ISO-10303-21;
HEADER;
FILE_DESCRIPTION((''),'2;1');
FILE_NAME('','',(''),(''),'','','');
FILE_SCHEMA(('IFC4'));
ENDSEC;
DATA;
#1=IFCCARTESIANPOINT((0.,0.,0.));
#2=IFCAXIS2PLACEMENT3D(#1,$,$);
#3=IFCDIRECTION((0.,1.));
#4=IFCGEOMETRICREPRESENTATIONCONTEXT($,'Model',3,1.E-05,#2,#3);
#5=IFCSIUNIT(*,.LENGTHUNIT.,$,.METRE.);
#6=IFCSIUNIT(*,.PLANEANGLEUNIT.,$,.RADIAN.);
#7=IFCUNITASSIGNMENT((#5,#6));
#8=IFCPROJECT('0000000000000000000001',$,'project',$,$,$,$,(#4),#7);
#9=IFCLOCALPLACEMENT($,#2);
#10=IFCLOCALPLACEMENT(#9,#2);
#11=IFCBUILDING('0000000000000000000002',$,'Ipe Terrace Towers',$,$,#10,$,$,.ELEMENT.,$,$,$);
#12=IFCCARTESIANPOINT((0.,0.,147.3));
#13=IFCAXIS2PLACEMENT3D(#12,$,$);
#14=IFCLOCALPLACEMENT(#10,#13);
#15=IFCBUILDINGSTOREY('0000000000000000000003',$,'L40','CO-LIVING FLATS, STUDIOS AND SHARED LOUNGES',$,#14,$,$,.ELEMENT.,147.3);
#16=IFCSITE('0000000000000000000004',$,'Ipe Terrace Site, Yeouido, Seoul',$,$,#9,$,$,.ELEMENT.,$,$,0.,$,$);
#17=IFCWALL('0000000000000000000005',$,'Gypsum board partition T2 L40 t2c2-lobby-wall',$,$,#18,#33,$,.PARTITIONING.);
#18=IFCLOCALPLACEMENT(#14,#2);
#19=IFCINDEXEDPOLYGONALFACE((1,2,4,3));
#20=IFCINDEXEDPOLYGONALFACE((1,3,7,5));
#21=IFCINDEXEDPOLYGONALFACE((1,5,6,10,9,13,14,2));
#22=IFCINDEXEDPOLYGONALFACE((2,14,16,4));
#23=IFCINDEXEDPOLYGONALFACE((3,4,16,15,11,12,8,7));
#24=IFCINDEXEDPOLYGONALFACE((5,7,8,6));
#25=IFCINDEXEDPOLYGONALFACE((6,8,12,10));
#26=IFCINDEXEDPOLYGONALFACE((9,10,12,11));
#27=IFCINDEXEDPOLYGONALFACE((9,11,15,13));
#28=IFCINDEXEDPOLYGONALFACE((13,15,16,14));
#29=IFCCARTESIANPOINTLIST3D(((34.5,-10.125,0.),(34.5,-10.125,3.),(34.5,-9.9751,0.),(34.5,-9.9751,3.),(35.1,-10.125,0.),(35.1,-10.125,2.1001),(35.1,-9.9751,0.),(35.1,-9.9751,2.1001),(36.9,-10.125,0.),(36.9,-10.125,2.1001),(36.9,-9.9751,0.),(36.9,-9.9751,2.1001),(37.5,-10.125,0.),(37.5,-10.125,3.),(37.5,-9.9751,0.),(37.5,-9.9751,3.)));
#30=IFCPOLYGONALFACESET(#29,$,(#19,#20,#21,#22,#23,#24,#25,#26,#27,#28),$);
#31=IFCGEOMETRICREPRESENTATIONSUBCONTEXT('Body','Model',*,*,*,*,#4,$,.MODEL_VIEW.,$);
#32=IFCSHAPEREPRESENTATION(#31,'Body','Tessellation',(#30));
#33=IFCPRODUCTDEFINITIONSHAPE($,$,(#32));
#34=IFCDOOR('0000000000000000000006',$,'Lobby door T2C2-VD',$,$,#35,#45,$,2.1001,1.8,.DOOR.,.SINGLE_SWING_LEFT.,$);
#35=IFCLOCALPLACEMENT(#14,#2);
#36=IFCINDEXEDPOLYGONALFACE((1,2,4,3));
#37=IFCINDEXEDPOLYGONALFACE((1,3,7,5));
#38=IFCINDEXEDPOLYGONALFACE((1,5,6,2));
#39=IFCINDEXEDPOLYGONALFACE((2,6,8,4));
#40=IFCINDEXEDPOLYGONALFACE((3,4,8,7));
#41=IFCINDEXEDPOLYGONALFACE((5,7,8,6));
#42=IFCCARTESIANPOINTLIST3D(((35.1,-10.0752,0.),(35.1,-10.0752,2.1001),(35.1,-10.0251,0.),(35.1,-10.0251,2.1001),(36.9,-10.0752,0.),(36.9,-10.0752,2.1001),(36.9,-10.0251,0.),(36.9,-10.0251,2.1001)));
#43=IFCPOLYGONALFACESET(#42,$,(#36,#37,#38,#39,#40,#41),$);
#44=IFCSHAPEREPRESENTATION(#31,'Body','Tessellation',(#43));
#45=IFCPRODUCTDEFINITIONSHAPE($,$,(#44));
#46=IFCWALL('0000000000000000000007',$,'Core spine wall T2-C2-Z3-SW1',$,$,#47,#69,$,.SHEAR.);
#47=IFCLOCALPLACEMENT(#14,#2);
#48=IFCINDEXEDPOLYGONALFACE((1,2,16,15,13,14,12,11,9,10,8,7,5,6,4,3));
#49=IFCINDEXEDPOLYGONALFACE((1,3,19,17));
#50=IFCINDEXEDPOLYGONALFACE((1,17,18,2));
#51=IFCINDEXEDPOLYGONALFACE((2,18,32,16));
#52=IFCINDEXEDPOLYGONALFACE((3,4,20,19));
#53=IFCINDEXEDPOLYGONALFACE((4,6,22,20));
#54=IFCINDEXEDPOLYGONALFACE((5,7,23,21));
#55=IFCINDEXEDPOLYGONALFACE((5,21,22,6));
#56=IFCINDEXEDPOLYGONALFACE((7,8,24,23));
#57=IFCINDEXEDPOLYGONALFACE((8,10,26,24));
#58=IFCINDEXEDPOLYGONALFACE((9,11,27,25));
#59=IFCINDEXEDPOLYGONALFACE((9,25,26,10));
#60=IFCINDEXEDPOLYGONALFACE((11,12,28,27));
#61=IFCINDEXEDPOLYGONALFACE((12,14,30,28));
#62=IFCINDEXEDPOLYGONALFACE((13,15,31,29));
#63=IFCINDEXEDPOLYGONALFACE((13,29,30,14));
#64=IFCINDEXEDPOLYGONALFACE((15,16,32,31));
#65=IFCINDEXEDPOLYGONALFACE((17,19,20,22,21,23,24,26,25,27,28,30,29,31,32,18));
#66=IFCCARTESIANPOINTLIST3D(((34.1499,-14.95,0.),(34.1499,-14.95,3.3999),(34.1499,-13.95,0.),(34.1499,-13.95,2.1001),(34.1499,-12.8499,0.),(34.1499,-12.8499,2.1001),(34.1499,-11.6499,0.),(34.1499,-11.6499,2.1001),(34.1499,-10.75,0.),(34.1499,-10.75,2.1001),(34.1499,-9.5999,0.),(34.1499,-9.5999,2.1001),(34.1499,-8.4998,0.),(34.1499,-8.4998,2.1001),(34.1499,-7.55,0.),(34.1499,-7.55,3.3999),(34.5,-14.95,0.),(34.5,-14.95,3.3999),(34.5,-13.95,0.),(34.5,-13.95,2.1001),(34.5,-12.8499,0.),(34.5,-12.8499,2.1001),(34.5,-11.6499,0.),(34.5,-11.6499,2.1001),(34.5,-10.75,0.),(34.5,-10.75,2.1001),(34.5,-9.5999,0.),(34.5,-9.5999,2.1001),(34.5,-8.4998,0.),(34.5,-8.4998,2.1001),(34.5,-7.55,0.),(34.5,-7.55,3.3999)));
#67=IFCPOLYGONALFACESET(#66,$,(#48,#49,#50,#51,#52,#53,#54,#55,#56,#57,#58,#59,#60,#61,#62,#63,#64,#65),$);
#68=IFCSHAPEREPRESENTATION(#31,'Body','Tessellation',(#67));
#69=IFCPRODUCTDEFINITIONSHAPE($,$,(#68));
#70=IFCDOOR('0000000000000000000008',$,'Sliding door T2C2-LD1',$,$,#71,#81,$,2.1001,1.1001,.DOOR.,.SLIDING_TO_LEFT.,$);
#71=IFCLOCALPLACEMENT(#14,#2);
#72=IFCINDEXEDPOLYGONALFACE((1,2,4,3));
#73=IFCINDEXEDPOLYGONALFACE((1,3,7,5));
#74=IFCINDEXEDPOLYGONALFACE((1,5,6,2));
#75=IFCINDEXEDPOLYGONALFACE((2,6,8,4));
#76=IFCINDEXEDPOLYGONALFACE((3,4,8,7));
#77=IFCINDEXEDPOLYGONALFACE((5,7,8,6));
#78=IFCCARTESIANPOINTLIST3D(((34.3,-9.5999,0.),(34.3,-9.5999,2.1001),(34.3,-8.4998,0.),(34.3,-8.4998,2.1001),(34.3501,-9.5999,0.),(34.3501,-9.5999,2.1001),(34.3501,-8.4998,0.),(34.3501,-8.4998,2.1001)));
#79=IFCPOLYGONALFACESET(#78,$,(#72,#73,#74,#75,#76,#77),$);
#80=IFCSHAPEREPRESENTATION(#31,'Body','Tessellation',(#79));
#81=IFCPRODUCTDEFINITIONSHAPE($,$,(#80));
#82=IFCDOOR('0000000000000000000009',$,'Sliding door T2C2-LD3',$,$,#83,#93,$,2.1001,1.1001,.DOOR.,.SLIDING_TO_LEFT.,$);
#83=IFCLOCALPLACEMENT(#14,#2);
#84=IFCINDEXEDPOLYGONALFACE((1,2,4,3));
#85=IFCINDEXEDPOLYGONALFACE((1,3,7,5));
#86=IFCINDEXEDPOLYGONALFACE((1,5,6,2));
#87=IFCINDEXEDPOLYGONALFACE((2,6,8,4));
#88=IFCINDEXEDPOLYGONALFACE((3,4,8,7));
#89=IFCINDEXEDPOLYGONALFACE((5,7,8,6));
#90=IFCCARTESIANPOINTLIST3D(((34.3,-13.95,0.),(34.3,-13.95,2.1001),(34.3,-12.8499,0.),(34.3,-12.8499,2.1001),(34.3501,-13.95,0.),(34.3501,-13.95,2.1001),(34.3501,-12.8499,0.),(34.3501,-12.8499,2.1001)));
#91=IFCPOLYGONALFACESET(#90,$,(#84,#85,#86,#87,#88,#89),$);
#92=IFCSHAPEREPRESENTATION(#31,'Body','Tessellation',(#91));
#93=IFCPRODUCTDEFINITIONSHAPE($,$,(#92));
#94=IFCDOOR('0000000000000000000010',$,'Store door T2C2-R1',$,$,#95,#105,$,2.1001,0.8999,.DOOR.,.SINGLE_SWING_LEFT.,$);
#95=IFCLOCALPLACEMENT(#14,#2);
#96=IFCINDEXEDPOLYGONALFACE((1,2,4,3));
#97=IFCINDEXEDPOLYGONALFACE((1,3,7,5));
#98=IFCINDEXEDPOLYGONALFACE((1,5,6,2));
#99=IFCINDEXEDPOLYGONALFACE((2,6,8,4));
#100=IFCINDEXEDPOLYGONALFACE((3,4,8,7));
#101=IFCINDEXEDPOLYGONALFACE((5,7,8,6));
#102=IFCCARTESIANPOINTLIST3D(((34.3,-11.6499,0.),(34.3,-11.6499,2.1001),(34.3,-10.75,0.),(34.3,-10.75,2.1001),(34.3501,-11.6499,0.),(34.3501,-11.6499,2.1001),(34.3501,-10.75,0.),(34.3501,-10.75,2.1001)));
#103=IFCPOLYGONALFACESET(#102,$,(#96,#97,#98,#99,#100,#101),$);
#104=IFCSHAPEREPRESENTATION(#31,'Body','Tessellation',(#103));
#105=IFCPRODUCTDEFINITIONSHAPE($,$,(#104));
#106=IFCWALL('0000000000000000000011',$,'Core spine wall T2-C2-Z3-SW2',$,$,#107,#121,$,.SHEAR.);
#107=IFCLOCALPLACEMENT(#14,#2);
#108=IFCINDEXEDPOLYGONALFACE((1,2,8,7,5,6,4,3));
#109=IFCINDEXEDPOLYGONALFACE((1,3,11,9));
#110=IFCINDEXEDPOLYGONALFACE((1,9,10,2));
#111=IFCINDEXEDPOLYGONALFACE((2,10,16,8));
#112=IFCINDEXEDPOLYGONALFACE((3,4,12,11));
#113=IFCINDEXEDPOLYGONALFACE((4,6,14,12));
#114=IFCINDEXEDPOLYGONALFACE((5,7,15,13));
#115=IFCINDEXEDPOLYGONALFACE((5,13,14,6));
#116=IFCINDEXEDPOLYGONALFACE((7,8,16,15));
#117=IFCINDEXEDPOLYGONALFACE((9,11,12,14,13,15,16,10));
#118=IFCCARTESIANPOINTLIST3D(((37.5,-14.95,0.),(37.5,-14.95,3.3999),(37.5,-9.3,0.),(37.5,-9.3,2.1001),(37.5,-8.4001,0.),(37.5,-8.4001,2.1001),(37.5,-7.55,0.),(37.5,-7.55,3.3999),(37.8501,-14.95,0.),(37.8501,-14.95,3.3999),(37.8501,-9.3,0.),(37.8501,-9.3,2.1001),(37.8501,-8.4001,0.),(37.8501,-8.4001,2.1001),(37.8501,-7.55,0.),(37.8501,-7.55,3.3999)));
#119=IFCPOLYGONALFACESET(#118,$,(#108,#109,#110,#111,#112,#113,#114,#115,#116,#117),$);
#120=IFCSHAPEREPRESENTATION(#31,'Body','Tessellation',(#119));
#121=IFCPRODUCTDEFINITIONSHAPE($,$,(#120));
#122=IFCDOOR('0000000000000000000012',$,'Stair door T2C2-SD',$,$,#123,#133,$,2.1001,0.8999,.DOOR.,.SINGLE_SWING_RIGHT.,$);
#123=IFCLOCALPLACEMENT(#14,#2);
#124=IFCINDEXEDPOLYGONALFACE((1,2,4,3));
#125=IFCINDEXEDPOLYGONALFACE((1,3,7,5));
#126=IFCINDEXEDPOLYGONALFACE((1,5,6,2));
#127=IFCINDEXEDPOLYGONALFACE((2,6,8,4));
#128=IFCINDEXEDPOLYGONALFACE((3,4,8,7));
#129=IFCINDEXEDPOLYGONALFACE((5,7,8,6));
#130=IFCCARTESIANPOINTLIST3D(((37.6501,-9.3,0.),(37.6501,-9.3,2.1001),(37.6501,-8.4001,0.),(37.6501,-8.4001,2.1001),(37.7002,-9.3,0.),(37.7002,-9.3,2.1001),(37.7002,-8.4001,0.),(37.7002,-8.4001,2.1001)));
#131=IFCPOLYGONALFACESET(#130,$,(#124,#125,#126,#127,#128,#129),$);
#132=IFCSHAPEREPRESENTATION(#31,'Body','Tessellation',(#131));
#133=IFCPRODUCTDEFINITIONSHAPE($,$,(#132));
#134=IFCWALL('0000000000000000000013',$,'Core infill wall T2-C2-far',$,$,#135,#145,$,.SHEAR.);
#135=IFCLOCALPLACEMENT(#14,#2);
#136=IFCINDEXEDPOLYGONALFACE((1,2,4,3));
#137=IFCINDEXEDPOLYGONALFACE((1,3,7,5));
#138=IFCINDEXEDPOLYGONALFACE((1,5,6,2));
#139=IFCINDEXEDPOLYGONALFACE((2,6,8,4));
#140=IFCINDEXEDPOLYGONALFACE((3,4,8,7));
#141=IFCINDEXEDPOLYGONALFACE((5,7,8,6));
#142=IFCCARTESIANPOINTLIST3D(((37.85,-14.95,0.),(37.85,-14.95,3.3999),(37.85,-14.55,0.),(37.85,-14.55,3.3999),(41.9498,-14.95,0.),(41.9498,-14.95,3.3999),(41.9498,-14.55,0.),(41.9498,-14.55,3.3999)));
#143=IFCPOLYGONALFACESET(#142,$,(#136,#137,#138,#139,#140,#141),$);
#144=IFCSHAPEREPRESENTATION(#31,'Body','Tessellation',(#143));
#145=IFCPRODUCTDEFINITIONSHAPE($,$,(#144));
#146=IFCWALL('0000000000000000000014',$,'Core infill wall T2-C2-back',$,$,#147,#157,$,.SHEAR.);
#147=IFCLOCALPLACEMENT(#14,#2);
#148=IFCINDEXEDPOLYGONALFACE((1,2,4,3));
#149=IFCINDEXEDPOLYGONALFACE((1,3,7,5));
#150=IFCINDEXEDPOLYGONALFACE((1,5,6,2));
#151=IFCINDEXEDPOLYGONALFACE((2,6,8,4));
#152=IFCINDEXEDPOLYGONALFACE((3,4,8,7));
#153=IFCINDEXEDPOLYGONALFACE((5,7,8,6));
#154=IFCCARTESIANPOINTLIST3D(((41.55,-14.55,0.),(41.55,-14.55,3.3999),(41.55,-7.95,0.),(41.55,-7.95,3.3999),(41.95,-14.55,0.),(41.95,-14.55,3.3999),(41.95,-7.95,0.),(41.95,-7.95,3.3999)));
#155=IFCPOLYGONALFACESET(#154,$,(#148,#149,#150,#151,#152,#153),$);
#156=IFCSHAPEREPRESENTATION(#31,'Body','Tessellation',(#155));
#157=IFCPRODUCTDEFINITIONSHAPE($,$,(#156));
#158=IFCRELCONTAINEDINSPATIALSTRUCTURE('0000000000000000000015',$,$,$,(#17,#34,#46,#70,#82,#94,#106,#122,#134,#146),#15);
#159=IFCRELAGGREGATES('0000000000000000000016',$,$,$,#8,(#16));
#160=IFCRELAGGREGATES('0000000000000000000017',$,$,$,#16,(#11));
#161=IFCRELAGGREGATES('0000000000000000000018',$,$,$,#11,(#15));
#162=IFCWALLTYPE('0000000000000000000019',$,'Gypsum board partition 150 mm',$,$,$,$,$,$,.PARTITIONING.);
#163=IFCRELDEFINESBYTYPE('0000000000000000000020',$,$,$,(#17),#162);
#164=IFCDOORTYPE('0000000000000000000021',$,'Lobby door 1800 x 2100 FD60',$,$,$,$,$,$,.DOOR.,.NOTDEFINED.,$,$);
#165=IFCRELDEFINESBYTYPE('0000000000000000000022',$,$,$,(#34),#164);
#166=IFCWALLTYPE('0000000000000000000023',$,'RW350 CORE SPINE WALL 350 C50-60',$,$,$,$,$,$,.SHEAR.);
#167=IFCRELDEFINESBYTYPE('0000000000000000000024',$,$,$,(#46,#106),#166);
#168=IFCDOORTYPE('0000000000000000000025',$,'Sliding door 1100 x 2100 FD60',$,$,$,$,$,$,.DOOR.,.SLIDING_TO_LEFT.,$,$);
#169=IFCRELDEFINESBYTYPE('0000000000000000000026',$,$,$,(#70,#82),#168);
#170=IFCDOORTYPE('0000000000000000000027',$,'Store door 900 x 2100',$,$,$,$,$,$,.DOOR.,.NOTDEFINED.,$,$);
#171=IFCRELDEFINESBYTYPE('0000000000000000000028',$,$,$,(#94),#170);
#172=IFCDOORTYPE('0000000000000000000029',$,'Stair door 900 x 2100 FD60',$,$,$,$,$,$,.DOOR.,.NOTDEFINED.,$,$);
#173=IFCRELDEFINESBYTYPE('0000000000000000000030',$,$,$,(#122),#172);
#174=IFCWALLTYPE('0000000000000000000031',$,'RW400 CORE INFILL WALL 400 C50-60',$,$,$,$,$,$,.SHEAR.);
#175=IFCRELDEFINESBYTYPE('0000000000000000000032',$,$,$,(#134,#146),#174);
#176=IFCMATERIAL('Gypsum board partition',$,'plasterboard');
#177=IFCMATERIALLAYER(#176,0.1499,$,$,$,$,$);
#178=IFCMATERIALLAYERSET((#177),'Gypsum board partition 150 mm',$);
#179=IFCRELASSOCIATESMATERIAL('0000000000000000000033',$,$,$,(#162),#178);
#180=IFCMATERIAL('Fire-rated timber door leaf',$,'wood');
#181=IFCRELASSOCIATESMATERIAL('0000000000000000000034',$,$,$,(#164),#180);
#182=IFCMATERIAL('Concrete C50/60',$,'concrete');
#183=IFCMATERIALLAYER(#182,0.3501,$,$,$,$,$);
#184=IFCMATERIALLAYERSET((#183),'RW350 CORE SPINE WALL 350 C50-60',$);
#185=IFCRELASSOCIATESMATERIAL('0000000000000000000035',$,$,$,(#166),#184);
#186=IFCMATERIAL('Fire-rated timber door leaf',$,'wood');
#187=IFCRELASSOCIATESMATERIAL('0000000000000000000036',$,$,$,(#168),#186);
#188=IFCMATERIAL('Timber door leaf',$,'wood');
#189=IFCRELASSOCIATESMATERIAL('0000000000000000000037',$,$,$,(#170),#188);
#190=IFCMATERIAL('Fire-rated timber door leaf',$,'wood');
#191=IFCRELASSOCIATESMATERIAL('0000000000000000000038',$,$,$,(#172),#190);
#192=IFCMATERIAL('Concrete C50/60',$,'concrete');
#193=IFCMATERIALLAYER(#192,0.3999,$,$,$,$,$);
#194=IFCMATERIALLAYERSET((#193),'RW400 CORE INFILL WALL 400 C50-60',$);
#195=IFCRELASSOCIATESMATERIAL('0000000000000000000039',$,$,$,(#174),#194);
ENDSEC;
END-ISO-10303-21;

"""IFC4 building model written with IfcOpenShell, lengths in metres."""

from ifc_helpers import new_model, si_unit, direction, frame, frame_2d, origin, place, context, subcontext, project, spatial, rectangle, extrude, material, layer, layer_set, type_object, element, fill, save


model = new_model("IFC4")

# Units and contexts
model_context = context("Model", 3, precision=1e-05, world=origin(), true_north=direction((0.0, 1.0)))
body_context = subcontext(model_context, "Body", "Model", "MODEL_VIEW")
ifc_project = project(units=[si_unit("LENGTHUNIT", "METRE"), si_unit("PLANEANGLEUNIT", "RADIAN")], contexts=[model_context])

# Site, building, storey
site_placement = place(None, origin())
site = spatial("IfcSite", under=ifc_project, at=site_placement, Name="Ipe Terrace Site, Yeouido, Seoul", CompositionType="ELEMENT", RefElevation=0.0)
building_placement = place(site_placement, origin())
building = spatial("IfcBuilding", under=site, at=building_placement, Name="Ipe Terrace Towers", CompositionType="ELEMENT")
storey_placement = place(building_placement, frame((0.0, 0.0, 147.3)))
storey = spatial("IfcBuildingStorey", under=building, at=storey_placement, Name="L40", Description="CO-LIVING FLATS, STUDIOS AND SHARED LOUNGES", CompositionType="ELEMENT", Elevation=147.3)

# Wall, opening, door
ifc_material_1 = material(Name="Gypsum board partition", Category="plasterboard")
ifc_layer_1 = layer(ifc_material_1, 0.1499)
ifc_layer_set_1 = layer_set([ifc_layer_1], Name="Gypsum board partition 150 mm")
wall_type_1 = type_object("IfcWallType", Name="Gypsum board partition 150 mm", PredefinedType="PARTITIONING", material=ifc_layer_set_1)
wall_1_placement = place(storey_placement, frame((34.5, -10.05, 0.0), z_axis=(0.0, 0.0, 1.0), x_axis=(1.0, 0.0, 0.0)))
wall_1 = element("IfcWall", 1, at=wall_1_placement, inside=storey, type_object=wall_type_1, Name="Gypsum board partition T2 L40 t2c2-lobby-wall", PredefinedType="PARTITIONING", context=body_context, shape_type="SweptSolid", body=[
    extrude(rectangle(XDim=3.0, YDim=0.1499, at=frame_2d((1.5, 0.0))), origin(), (0.0, 0.0, 1.0), 3.0),
])
opening_1_placement = place(wall_1_placement, frame((0.6001, 0.0, 0.0)))
opening_1 = element("IfcOpeningElement", 2, at=opening_1_placement, cuts=wall_1, PredefinedType="OPENING", context=body_context, shape_type="SweptSolid", body=[
    extrude(rectangle(XDim=1.8, YDim=2.1001, at=frame_2d((0.8999, 1.05))), frame((0.0, 0.085, 0.0), z_axis=(0.0, -1.0, 0.0), x_axis=(1.0, 0.0, 0.0)), (0.0, 0.0, 1.0), 0.1699),
])
ifc_material_2 = material(Name="Fire-rated timber door leaf", Category="wood")
door_type_1 = type_object("IfcDoorType", Name="Lobby door 1800 x 2100 FD60", OperationType="NOTDEFINED", PredefinedType="DOOR", material=ifc_material_2)
door_1_placement = place(opening_1_placement, origin())
door_1 = element("IfcDoor", 3, at=door_1_placement, inside=storey, type_object=door_type_1, Name="Lobby door T2C2-VD", OperationType="SINGLE_SWING_LEFT", OverallHeight=2.1001, OverallWidth=1.8, PredefinedType="DOOR", context=body_context, shape_type="SweptSolid", body=[
    extrude(rectangle(XDim=1.8, YDim=2.1001, at=frame_2d((0.8999, 1.05))), frame((0.0, 0.0249, 0.0), z_axis=(0.0, -1.0, 0.0), x_axis=(1.0, 0.0, 0.0)), (0.0, 0.0, 1.0), 0.05),
])
fill(opening_1, door_1)

# Wall, openings, doors
ifc_material_3 = material(Name="Concrete C50/60", Category="concrete")
ifc_layer_2 = layer(ifc_material_3, 0.3501)
ifc_layer_set_2 = layer_set([ifc_layer_2], Name="RW350 CORE SPINE WALL 350 C50-60")
wall_type_2 = type_object("IfcWallType", Name="RW350 CORE SPINE WALL 350 C50-60", PredefinedType="SHEAR", material=ifc_layer_set_2)
wall_2_placement = place(storey_placement, frame((34.325, -14.95, 0.0), z_axis=(0.0, 0.0, 1.0), x_axis=(0.0, 1.0, 0.0)))
wall_2 = element("IfcWall", 4, at=wall_2_placement, inside=storey, type_object=wall_type_2, Name="Core spine wall T2-C2-Z3-SW1", PredefinedType="SHEAR", context=body_context, shape_type="SweptSolid", body=[
    extrude(rectangle(XDim=7.3999, YDim=0.3501, at=frame_2d((3.7, 0.0))), origin(), (0.0, 0.0, 1.0), 3.3999),
])
opening_2_placement = place(wall_2_placement, frame((5.3501, 0.0, 0.0)))
opening_2 = element("IfcOpeningElement", 5, at=opening_2_placement, cuts=wall_2, PredefinedType="OPENING", context=body_context, shape_type="SweptSolid", body=[
    extrude(rectangle(XDim=1.1001, YDim=2.1001, at=frame_2d((0.55, 1.05))), frame((0.0, 0.1851, 0.0), z_axis=(0.0, -1.0, 0.0), x_axis=(1.0, 0.0, 0.0)), (0.0, 0.0, 1.0), 0.3701),
])
opening_3_placement = place(wall_2_placement, frame((1.0, 0.0, 0.0)))
opening_3 = element("IfcOpeningElement", 6, at=opening_3_placement, cuts=wall_2, PredefinedType="OPENING", context=body_context, shape_type="SweptSolid", body=[
    extrude(rectangle(XDim=1.1001, YDim=2.1001, at=frame_2d((0.55, 1.05))), frame((0.0, 0.1851, 0.0), z_axis=(0.0, -1.0, 0.0), x_axis=(1.0, 0.0, 0.0)), (0.0, 0.0, 1.0), 0.3701),
])
opening_4_placement = place(wall_2_placement, frame((3.3, 0.0, 0.0)))
opening_4 = element("IfcOpeningElement", 7, at=opening_4_placement, cuts=wall_2, PredefinedType="OPENING", context=body_context, shape_type="SweptSolid", body=[
    extrude(rectangle(XDim=0.8999, YDim=2.1001, at=frame_2d((0.45, 1.05))), frame((0.0, 0.1851, 0.0), z_axis=(0.0, -1.0, 0.0), x_axis=(1.0, 0.0, 0.0)), (0.0, 0.0, 1.0), 0.3701),
])
ifc_material_4 = material(Name="Fire-rated timber door leaf", Category="wood")
door_type_2 = type_object("IfcDoorType", Name="Sliding door 1100 x 2100 FD60", OperationType="SLIDING_TO_LEFT", PredefinedType="DOOR", material=ifc_material_4)
door_2_placement = place(opening_2_placement, origin())
door_2 = element("IfcDoor", 8, at=door_2_placement, inside=storey, type_object=door_type_2, Name="Sliding door T2C2-LD1", OperationType="SLIDING_TO_LEFT", OverallHeight=2.1001, OverallWidth=1.1001, PredefinedType="DOOR", context=body_context, shape_type="SweptSolid", body=[
    extrude(rectangle(XDim=1.1001, YDim=2.1001, at=frame_2d((0.55, 1.05))), frame((0.0, 0.0249, 0.0), z_axis=(0.0, -1.0, 0.0), x_axis=(1.0, 0.0, 0.0)), (0.0, 0.0, 1.0), 0.05),
])
fill(opening_2, door_2)
door_3_placement = place(opening_3_placement, origin())
door_3 = element("IfcDoor", 9, at=door_3_placement, inside=storey, type_object=door_type_2, Name="Sliding door T2C2-LD3", OperationType="SLIDING_TO_LEFT", OverallHeight=2.1001, OverallWidth=1.1001, PredefinedType="DOOR", context=body_context, shape_type="SweptSolid", body=[
    extrude(rectangle(XDim=1.1001, YDim=2.1001, at=frame_2d((0.55, 1.05))), frame((0.0, 0.0249, 0.0), z_axis=(0.0, -1.0, 0.0), x_axis=(1.0, 0.0, 0.0)), (0.0, 0.0, 1.0), 0.05),
])
fill(opening_3, door_3)
ifc_material_5 = material(Name="Timber door leaf", Category="wood")
door_type_3 = type_object("IfcDoorType", Name="Store door 900 x 2100", OperationType="NOTDEFINED", PredefinedType="DOOR", material=ifc_material_5)
door_4_placement = place(opening_4_placement, origin())
door_4 = element("IfcDoor", 10, at=door_4_placement, inside=storey, type_object=door_type_3, Name="Store door T2C2-R1", OperationType="SINGLE_SWING_LEFT", OverallHeight=2.1001, OverallWidth=0.8999, PredefinedType="DOOR", context=body_context, shape_type="SweptSolid", body=[
    extrude(rectangle(XDim=0.8999, YDim=2.1001, at=frame_2d((0.45, 1.05))), frame((0.0, 0.0249, 0.0), z_axis=(0.0, -1.0, 0.0), x_axis=(1.0, 0.0, 0.0)), (0.0, 0.0, 1.0), 0.05),
])
fill(opening_4, door_4)

# Wall, opening, door
wall_3_placement = place(storey_placement, frame((37.675, -14.95, 0.0), z_axis=(0.0, 0.0, 1.0), x_axis=(0.0, 1.0, 0.0)))
wall_3 = element("IfcWall", 11, at=wall_3_placement, inside=storey, type_object=wall_type_2, Name="Core spine wall T2-C2-Z3-SW2", PredefinedType="SHEAR", context=body_context, shape_type="SweptSolid", body=[
    extrude(rectangle(XDim=7.3999, YDim=0.3501, at=frame_2d((3.7, 0.0))), origin(), (0.0, 0.0, 1.0), 3.3999),
])
opening_5_placement = place(wall_3_placement, frame((5.6499, 0.0, 0.0)))
opening_5 = element("IfcOpeningElement", 12, at=opening_5_placement, cuts=wall_3, PredefinedType="OPENING", context=body_context, shape_type="SweptSolid", body=[
    extrude(rectangle(XDim=0.8999, YDim=2.1001, at=frame_2d((0.45, 1.05))), frame((0.0, 0.1851, 0.0), z_axis=(0.0, -1.0, 0.0), x_axis=(1.0, 0.0, 0.0)), (0.0, 0.0, 1.0), 0.3701),
])
ifc_material_6 = material(Name="Fire-rated timber door leaf", Category="wood")
door_type_4 = type_object("IfcDoorType", Name="Stair door 900 x 2100 FD60", OperationType="NOTDEFINED", PredefinedType="DOOR", material=ifc_material_6)
door_5_placement = place(opening_5_placement, origin())
door_5 = element("IfcDoor", 13, at=door_5_placement, inside=storey, type_object=door_type_4, Name="Stair door T2C2-SD", OperationType="SINGLE_SWING_RIGHT", OverallHeight=2.1001, OverallWidth=0.8999, PredefinedType="DOOR", context=body_context, shape_type="SweptSolid", body=[
    extrude(rectangle(XDim=0.8999, YDim=2.1001, at=frame_2d((0.45, 1.05))), frame((0.0, 0.0249, 0.0), z_axis=(0.0, -1.0, 0.0), x_axis=(1.0, 0.0, 0.0)), (0.0, 0.0, 1.0), 0.05),
])
fill(opening_5, door_5)

# Walls
ifc_material_7 = material(Name="Concrete C50/60", Category="concrete")
ifc_layer_3 = layer(ifc_material_7, 0.3999)
ifc_layer_set_3 = layer_set([ifc_layer_3], Name="RW400 CORE INFILL WALL 400 C50-60")
wall_type_3 = type_object("IfcWallType", Name="RW400 CORE INFILL WALL 400 C50-60", PredefinedType="SHEAR", material=ifc_layer_set_3)
wall_4_placement = place(storey_placement, frame((37.8501, -14.75, 0.0), z_axis=(0.0, 0.0, 1.0), x_axis=(1.0, 0.0, 0.0)))
element("IfcWall", 14, at=wall_4_placement, inside=storey, type_object=wall_type_3, Name="Core infill wall T2-C2-far", PredefinedType="SHEAR", context=body_context, shape_type="SweptSolid", body=[
    extrude(rectangle(XDim=4.0999, YDim=0.3999, at=frame_2d((2.0498, 0.0))), origin(), (0.0, 0.0, 1.0), 3.3999),
])
wall_5_placement = place(storey_placement, frame((41.75, -7.95, 0.0), z_axis=(0.0, 0.0, 1.0), x_axis=(0.0, -1.0, 0.0)))
element("IfcWall", 15, at=wall_5_placement, inside=storey, type_object=wall_type_3, Name="Core infill wall T2-C2-back", PredefinedType="SHEAR", context=body_context, shape_type="SweptSolid", body=[
    extrude(rectangle(XDim=6.6001, YDim=0.3999, at=frame_2d((3.3, 0.0))), origin(), (0.0, 0.0, 1.0), 3.3999),
])

save(model, "model.ifc")
